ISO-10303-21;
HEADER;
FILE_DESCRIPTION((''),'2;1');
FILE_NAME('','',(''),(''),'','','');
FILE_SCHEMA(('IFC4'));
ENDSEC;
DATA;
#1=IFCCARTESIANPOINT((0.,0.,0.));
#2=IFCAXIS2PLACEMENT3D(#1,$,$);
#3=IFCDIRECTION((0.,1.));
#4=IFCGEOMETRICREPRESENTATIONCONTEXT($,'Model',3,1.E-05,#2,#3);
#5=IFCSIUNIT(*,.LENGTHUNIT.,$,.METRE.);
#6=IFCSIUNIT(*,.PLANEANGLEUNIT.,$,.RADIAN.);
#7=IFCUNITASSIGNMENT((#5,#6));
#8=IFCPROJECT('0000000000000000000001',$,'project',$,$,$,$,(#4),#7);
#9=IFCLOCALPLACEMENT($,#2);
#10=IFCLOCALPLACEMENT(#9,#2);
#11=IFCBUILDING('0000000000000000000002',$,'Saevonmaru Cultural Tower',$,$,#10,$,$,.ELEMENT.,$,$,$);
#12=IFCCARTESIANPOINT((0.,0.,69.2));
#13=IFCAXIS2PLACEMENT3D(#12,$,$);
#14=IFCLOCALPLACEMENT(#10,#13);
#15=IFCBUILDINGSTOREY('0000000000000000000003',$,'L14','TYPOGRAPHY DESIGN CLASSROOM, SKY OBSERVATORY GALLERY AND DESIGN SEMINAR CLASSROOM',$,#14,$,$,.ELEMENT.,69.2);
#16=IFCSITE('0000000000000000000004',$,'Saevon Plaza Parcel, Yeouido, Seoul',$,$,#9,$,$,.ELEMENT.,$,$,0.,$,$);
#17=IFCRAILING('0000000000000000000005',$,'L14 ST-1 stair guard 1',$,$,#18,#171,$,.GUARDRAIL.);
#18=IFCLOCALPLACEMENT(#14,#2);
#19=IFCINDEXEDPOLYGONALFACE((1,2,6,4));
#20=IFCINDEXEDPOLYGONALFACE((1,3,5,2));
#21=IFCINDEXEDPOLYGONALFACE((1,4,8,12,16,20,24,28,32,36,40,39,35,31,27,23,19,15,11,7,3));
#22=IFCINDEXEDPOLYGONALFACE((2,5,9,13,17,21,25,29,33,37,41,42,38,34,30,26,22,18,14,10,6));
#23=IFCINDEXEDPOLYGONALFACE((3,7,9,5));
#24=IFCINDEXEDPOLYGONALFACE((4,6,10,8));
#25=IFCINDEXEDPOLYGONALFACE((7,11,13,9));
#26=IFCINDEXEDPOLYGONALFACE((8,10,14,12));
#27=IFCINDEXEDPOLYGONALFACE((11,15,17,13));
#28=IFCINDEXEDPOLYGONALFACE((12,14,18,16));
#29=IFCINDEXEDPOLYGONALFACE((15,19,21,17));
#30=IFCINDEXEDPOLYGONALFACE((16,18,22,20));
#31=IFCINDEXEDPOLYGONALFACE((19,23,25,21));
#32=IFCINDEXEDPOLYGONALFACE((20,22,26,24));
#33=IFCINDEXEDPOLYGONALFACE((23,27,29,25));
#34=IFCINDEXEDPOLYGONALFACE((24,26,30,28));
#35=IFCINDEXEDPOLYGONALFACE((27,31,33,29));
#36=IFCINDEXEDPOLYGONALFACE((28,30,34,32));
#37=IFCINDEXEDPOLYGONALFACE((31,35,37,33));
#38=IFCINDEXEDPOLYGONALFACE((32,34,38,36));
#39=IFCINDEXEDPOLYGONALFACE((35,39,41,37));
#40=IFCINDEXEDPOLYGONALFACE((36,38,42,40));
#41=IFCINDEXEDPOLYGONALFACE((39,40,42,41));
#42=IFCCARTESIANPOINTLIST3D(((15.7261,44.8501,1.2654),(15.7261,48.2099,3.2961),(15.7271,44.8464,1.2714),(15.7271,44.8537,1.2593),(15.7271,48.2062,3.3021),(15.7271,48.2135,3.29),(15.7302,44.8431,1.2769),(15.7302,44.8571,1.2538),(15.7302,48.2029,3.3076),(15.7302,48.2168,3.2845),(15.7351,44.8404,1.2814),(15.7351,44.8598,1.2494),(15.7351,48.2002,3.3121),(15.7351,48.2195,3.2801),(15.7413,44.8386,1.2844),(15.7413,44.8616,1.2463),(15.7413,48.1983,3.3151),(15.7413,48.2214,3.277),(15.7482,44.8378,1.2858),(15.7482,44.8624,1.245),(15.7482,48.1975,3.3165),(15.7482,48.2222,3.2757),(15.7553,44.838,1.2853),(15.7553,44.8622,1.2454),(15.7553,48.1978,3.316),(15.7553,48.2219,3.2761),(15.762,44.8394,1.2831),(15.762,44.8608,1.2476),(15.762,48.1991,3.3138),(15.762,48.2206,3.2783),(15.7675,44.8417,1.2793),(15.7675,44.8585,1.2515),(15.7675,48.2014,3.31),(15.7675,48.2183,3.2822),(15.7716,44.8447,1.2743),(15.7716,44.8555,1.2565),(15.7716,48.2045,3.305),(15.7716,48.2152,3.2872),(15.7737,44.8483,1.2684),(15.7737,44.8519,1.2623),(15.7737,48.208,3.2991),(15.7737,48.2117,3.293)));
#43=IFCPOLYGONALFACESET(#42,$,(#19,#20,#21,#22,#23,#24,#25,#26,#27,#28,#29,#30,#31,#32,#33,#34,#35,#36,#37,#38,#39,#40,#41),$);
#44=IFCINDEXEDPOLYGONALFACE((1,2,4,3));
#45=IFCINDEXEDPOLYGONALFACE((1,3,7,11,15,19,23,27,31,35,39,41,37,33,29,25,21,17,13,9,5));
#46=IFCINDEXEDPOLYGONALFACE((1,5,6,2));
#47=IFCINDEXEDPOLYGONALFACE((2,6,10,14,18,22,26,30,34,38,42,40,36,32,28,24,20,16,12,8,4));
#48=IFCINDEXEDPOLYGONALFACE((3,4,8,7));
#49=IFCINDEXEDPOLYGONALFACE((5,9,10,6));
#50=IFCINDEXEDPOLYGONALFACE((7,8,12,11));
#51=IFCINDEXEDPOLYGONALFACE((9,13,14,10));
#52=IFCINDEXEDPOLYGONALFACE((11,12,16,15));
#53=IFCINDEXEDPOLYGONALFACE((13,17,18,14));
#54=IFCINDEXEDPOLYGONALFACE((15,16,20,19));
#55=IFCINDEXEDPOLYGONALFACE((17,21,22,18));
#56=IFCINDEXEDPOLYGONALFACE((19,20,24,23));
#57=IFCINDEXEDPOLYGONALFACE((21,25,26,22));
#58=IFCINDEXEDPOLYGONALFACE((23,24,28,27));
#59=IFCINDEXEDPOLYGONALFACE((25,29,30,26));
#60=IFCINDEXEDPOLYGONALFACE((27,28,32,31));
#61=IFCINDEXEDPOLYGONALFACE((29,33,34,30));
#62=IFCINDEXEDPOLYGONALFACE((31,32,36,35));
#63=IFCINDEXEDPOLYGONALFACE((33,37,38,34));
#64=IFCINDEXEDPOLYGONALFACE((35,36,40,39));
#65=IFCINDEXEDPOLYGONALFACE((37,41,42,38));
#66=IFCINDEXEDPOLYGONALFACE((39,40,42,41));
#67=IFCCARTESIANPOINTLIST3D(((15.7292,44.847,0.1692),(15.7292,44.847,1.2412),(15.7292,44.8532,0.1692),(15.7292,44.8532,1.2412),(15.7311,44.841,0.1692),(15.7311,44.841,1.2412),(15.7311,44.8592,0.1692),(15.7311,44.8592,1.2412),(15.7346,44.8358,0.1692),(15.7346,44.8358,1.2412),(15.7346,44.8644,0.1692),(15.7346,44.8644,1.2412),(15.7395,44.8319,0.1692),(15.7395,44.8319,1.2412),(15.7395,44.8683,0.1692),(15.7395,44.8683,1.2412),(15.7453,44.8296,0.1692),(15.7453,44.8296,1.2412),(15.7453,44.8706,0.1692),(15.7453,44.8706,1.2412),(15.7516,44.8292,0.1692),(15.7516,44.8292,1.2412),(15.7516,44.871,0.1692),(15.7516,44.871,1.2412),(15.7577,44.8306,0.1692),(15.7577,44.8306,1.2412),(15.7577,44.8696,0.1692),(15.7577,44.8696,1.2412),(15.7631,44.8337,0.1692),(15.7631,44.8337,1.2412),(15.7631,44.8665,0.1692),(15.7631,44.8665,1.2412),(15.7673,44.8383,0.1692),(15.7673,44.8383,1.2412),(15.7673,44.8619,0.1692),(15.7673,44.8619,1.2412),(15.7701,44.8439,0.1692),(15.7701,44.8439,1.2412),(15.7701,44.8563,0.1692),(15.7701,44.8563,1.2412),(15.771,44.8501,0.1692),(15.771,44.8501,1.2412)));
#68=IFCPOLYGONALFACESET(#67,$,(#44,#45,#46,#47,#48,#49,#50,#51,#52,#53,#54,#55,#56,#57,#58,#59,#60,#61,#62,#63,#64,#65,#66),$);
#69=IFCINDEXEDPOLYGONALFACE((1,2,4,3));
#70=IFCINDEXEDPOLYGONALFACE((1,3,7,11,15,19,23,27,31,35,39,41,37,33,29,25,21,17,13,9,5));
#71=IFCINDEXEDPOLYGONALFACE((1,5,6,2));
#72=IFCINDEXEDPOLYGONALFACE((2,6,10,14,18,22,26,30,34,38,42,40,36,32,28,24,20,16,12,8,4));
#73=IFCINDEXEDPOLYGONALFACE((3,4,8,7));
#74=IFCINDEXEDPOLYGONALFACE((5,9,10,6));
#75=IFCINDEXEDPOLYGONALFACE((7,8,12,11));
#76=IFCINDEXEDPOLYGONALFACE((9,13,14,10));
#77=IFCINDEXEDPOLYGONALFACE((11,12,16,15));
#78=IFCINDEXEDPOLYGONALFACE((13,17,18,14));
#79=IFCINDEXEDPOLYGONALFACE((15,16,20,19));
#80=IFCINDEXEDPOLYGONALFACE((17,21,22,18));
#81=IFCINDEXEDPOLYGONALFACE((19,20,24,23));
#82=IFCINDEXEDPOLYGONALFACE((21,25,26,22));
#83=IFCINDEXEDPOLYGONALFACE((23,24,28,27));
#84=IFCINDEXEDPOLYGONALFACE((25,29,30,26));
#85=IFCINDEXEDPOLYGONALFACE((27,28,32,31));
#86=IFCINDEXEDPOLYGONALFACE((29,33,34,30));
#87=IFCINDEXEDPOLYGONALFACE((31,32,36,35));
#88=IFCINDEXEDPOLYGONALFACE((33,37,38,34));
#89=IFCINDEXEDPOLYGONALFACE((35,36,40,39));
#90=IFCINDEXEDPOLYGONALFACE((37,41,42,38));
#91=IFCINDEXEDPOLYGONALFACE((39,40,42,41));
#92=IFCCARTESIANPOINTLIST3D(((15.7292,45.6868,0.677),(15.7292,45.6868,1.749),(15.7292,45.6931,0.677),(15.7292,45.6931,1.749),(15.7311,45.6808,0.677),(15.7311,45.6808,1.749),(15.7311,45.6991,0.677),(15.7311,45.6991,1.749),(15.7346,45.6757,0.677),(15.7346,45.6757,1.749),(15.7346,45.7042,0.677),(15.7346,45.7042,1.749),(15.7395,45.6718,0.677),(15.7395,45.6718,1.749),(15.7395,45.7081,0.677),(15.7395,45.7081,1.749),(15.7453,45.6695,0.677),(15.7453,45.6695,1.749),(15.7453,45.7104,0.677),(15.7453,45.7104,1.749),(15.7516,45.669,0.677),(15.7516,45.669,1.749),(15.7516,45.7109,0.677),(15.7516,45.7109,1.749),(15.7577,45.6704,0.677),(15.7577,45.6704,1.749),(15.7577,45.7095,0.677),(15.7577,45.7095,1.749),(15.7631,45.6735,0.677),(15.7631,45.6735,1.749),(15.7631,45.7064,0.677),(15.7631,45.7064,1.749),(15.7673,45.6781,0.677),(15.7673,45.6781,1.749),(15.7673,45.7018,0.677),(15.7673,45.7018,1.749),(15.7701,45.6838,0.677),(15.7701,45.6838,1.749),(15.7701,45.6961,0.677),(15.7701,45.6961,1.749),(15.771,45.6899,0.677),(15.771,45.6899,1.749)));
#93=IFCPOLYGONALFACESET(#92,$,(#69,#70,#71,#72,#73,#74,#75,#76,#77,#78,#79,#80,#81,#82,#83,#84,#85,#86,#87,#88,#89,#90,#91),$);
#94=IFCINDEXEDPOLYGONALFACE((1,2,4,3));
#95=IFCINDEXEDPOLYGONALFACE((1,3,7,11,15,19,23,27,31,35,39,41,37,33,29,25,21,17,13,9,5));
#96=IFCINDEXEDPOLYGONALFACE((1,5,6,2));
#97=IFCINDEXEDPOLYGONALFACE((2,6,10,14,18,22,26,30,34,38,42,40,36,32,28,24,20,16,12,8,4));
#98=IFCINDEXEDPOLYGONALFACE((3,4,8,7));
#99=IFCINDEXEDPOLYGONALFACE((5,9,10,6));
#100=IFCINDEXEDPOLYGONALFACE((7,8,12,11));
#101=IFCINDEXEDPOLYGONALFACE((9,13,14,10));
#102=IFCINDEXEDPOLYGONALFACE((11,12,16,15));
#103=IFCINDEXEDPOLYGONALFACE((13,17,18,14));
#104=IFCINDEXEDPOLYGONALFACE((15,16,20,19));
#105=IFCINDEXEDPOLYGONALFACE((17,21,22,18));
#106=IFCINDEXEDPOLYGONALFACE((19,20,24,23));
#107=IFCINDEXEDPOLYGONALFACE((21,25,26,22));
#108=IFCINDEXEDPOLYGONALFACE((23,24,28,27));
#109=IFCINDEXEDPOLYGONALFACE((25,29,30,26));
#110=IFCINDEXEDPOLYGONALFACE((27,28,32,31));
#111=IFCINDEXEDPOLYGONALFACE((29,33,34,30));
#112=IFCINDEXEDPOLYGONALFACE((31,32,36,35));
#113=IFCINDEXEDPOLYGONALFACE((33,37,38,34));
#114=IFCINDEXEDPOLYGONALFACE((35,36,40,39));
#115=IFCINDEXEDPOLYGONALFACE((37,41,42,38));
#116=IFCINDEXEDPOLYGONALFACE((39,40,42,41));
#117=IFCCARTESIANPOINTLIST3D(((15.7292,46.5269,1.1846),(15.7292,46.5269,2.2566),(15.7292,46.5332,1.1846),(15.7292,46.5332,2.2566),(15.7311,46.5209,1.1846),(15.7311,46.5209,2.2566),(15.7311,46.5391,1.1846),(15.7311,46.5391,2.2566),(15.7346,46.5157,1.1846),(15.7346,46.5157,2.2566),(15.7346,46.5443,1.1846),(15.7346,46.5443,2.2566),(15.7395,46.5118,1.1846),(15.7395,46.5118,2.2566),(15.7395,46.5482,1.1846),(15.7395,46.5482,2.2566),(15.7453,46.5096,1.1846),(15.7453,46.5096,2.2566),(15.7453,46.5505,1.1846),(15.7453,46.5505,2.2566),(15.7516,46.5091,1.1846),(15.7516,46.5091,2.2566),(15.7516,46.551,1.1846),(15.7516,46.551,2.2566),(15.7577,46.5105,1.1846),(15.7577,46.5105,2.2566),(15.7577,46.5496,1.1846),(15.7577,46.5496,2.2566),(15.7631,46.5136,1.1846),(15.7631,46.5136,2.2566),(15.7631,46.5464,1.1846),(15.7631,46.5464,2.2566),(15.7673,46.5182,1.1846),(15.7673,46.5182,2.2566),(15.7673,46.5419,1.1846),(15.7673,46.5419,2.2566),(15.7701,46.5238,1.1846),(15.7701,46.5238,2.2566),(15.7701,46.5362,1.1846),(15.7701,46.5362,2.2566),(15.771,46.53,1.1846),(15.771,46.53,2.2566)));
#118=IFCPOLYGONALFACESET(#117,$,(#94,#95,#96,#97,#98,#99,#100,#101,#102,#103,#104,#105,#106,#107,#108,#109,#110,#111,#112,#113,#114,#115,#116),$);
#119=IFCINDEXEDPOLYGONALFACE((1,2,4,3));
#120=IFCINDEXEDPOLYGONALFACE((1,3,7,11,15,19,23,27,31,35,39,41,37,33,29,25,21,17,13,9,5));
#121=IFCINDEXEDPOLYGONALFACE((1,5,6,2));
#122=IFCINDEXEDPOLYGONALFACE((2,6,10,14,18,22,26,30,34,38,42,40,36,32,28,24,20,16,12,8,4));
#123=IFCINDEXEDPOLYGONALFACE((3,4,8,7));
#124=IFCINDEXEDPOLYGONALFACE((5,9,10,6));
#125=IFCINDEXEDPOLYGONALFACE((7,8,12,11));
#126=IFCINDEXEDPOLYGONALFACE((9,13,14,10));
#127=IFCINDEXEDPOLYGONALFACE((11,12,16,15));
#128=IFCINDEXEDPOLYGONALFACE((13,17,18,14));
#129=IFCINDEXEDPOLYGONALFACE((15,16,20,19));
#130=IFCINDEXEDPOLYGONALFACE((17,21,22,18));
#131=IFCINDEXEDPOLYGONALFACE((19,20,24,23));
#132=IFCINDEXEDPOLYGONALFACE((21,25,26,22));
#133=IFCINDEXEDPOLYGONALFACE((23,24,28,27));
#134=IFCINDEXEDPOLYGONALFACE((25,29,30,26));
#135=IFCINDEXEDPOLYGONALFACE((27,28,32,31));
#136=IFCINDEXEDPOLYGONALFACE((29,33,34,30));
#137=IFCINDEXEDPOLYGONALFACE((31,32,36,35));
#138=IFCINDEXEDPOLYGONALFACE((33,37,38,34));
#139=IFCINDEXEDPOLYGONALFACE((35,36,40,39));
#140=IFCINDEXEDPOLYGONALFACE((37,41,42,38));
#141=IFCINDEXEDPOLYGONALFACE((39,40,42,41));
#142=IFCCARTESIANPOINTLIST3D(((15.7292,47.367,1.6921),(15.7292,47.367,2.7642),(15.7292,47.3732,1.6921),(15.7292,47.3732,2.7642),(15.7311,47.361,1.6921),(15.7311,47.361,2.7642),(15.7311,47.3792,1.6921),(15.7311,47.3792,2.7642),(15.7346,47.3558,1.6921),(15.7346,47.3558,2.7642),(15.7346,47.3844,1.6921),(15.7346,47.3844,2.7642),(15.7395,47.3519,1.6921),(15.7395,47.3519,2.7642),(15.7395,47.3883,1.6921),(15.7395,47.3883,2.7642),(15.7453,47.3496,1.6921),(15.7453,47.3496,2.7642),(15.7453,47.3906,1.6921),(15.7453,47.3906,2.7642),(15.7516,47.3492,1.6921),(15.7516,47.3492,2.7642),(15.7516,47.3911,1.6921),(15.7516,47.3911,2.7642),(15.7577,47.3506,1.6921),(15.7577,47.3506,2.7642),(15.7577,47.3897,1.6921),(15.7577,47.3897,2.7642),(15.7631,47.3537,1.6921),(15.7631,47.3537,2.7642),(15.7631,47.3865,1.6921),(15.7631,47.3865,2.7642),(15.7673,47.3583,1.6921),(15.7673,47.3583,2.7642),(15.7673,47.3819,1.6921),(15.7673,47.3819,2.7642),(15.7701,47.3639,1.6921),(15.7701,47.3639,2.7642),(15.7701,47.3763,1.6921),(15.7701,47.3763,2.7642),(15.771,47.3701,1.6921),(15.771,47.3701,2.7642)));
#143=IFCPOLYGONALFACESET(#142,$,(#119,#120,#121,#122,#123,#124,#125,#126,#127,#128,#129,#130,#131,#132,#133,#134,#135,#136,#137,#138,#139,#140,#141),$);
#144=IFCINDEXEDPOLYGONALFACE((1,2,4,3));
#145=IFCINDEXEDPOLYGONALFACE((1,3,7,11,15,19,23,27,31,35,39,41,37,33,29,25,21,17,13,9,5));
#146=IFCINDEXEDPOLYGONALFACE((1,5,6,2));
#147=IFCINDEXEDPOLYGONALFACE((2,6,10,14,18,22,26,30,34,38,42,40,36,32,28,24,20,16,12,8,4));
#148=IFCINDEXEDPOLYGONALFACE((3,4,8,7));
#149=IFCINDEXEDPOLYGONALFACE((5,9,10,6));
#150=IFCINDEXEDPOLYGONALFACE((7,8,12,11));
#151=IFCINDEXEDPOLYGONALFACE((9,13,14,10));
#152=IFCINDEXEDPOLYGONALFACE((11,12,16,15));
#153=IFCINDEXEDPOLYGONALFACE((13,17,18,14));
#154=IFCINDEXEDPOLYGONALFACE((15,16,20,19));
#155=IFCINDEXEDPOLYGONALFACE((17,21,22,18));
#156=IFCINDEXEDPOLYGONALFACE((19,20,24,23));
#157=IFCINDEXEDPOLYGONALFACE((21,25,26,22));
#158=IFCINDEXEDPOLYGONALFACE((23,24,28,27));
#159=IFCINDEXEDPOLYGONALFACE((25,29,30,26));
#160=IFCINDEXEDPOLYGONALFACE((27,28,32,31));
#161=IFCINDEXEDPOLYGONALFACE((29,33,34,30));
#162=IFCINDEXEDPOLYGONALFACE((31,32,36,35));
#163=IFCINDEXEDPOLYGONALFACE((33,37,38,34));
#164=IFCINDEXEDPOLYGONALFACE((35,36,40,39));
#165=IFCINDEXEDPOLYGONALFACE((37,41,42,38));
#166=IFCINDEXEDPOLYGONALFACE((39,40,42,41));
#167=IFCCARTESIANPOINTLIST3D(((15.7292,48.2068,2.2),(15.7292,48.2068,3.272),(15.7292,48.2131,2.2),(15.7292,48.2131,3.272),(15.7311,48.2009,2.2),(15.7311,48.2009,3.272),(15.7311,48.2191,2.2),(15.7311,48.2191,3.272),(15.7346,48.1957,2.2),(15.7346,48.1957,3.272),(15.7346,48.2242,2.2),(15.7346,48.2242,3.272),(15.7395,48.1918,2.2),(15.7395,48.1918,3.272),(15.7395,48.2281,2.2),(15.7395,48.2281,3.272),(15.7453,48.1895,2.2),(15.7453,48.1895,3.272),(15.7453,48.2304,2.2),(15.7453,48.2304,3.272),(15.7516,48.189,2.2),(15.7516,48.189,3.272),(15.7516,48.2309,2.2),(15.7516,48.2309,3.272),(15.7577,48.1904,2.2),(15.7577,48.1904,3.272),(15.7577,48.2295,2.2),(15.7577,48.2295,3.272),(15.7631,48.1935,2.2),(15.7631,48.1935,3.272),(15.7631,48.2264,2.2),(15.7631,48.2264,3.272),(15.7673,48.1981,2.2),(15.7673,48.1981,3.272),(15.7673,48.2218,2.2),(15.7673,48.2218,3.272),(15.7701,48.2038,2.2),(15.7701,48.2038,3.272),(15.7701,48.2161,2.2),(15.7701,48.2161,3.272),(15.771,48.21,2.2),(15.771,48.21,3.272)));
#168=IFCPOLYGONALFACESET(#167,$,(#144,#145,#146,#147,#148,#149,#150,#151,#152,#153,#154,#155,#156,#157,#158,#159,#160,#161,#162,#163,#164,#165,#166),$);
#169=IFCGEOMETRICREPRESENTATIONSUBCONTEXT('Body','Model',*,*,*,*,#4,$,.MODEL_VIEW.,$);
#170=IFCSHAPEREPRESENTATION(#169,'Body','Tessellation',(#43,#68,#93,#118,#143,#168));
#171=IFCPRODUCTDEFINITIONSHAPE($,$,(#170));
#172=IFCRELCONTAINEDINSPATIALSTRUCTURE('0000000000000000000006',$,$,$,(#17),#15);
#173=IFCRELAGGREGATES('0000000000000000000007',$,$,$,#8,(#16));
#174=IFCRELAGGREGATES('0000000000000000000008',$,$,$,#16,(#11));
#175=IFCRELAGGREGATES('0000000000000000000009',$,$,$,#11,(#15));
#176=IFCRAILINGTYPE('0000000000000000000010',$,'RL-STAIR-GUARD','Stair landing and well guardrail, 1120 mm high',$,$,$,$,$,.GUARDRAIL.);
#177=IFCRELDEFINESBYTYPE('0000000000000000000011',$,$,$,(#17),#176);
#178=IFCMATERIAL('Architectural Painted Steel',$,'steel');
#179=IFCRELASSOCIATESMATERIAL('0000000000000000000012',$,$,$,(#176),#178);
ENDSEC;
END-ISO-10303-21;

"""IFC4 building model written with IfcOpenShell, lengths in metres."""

from ifc_helpers import new_model, si_unit, direction, frame, origin, origin_2d, place, context, subcontext, project, spatial, circle, extrude, material, type_object, element, save


model = new_model("IFC4")

# Units and contexts
model_context = context("Model", 3, precision=1e-05, world=origin(), true_north=direction((0.0, 1.0)))
body_context = subcontext(model_context, "Body", "Model", "MODEL_VIEW")
ifc_project = project(units=[si_unit("LENGTHUNIT", "METRE"), si_unit("PLANEANGLEUNIT", "RADIAN")], contexts=[model_context])

# Site, building, storey
site_placement = place(None, origin())
site = spatial("IfcSite", under=ifc_project, at=site_placement, Name="Saevon Plaza Parcel, Yeouido, Seoul", CompositionType="ELEMENT", RefElevation=0.0)
building_placement = place(site_placement, origin())
building = spatial("IfcBuilding", under=site, at=building_placement, Name="Saevonmaru Cultural Tower", CompositionType="ELEMENT")
storey_placement = place(building_placement, frame((0.0, 0.0, 69.2)))
storey = spatial("IfcBuildingStorey", under=building, at=storey_placement, Name="L14", Description="TYPOGRAPHY DESIGN CLASSROOM, SKY OBSERVATORY GALLERY AND DESIGN SEMINAR CLASSROOM", CompositionType="ELEMENT", Elevation=69.2)

# Railing
ifc_material_1 = material(Name="Architectural Painted Steel", Category="steel")
railing_type_1 = type_object("IfcRailingType", Name="RL-STAIR-GUARD", Description="Stair landing and well guardrail, 1120 mm high", PredefinedType="GUARDRAIL", material=ifc_material_1)
railing_1_placement = place(storey_placement, frame((15.75, 44.8501, 0.1692)))
element("IfcRailing", 1, at=railing_1_placement, inside=storey, type_object=railing_type_1, Name="L14 ST-1 stair guard 1", PredefinedType="GUARDRAIL", context=body_context, shape_type="SweptSolid", body=[
    extrude(circle(Radius=0.0239, at=origin_2d()), frame((0.0, 0.0, 1.0962), z_axis=(0.0, 0.85582, 0.517273), x_axis=(-1.0, 0.0, 0.0)), (0.0, 0.0, 1.0), 3.9258),
    extrude(circle(Radius=0.021, at=origin_2d()), origin(), (0.0, 0.0, 1.0), 1.072),
    extrude(circle(Radius=0.021, at=origin_2d()), frame((0.0, 0.8398, 0.5078)), (0.0, 0.0, 1.0), 1.072),
    extrude(circle(Radius=0.021, at=origin_2d()), frame((0.0, 1.6799, 1.0154)), (0.0, 0.0, 1.0), 1.072),
    extrude(circle(Radius=0.021, at=origin_2d()), frame((0.0, 2.52, 1.5229)), (0.0, 0.0, 1.0), 1.072),
    extrude(circle(Radius=0.021, at=origin_2d()), frame((0.0, 3.3599, 2.0308)), (0.0, 0.0, 1.0), 1.072),
])

save(model, "model.ifc")
